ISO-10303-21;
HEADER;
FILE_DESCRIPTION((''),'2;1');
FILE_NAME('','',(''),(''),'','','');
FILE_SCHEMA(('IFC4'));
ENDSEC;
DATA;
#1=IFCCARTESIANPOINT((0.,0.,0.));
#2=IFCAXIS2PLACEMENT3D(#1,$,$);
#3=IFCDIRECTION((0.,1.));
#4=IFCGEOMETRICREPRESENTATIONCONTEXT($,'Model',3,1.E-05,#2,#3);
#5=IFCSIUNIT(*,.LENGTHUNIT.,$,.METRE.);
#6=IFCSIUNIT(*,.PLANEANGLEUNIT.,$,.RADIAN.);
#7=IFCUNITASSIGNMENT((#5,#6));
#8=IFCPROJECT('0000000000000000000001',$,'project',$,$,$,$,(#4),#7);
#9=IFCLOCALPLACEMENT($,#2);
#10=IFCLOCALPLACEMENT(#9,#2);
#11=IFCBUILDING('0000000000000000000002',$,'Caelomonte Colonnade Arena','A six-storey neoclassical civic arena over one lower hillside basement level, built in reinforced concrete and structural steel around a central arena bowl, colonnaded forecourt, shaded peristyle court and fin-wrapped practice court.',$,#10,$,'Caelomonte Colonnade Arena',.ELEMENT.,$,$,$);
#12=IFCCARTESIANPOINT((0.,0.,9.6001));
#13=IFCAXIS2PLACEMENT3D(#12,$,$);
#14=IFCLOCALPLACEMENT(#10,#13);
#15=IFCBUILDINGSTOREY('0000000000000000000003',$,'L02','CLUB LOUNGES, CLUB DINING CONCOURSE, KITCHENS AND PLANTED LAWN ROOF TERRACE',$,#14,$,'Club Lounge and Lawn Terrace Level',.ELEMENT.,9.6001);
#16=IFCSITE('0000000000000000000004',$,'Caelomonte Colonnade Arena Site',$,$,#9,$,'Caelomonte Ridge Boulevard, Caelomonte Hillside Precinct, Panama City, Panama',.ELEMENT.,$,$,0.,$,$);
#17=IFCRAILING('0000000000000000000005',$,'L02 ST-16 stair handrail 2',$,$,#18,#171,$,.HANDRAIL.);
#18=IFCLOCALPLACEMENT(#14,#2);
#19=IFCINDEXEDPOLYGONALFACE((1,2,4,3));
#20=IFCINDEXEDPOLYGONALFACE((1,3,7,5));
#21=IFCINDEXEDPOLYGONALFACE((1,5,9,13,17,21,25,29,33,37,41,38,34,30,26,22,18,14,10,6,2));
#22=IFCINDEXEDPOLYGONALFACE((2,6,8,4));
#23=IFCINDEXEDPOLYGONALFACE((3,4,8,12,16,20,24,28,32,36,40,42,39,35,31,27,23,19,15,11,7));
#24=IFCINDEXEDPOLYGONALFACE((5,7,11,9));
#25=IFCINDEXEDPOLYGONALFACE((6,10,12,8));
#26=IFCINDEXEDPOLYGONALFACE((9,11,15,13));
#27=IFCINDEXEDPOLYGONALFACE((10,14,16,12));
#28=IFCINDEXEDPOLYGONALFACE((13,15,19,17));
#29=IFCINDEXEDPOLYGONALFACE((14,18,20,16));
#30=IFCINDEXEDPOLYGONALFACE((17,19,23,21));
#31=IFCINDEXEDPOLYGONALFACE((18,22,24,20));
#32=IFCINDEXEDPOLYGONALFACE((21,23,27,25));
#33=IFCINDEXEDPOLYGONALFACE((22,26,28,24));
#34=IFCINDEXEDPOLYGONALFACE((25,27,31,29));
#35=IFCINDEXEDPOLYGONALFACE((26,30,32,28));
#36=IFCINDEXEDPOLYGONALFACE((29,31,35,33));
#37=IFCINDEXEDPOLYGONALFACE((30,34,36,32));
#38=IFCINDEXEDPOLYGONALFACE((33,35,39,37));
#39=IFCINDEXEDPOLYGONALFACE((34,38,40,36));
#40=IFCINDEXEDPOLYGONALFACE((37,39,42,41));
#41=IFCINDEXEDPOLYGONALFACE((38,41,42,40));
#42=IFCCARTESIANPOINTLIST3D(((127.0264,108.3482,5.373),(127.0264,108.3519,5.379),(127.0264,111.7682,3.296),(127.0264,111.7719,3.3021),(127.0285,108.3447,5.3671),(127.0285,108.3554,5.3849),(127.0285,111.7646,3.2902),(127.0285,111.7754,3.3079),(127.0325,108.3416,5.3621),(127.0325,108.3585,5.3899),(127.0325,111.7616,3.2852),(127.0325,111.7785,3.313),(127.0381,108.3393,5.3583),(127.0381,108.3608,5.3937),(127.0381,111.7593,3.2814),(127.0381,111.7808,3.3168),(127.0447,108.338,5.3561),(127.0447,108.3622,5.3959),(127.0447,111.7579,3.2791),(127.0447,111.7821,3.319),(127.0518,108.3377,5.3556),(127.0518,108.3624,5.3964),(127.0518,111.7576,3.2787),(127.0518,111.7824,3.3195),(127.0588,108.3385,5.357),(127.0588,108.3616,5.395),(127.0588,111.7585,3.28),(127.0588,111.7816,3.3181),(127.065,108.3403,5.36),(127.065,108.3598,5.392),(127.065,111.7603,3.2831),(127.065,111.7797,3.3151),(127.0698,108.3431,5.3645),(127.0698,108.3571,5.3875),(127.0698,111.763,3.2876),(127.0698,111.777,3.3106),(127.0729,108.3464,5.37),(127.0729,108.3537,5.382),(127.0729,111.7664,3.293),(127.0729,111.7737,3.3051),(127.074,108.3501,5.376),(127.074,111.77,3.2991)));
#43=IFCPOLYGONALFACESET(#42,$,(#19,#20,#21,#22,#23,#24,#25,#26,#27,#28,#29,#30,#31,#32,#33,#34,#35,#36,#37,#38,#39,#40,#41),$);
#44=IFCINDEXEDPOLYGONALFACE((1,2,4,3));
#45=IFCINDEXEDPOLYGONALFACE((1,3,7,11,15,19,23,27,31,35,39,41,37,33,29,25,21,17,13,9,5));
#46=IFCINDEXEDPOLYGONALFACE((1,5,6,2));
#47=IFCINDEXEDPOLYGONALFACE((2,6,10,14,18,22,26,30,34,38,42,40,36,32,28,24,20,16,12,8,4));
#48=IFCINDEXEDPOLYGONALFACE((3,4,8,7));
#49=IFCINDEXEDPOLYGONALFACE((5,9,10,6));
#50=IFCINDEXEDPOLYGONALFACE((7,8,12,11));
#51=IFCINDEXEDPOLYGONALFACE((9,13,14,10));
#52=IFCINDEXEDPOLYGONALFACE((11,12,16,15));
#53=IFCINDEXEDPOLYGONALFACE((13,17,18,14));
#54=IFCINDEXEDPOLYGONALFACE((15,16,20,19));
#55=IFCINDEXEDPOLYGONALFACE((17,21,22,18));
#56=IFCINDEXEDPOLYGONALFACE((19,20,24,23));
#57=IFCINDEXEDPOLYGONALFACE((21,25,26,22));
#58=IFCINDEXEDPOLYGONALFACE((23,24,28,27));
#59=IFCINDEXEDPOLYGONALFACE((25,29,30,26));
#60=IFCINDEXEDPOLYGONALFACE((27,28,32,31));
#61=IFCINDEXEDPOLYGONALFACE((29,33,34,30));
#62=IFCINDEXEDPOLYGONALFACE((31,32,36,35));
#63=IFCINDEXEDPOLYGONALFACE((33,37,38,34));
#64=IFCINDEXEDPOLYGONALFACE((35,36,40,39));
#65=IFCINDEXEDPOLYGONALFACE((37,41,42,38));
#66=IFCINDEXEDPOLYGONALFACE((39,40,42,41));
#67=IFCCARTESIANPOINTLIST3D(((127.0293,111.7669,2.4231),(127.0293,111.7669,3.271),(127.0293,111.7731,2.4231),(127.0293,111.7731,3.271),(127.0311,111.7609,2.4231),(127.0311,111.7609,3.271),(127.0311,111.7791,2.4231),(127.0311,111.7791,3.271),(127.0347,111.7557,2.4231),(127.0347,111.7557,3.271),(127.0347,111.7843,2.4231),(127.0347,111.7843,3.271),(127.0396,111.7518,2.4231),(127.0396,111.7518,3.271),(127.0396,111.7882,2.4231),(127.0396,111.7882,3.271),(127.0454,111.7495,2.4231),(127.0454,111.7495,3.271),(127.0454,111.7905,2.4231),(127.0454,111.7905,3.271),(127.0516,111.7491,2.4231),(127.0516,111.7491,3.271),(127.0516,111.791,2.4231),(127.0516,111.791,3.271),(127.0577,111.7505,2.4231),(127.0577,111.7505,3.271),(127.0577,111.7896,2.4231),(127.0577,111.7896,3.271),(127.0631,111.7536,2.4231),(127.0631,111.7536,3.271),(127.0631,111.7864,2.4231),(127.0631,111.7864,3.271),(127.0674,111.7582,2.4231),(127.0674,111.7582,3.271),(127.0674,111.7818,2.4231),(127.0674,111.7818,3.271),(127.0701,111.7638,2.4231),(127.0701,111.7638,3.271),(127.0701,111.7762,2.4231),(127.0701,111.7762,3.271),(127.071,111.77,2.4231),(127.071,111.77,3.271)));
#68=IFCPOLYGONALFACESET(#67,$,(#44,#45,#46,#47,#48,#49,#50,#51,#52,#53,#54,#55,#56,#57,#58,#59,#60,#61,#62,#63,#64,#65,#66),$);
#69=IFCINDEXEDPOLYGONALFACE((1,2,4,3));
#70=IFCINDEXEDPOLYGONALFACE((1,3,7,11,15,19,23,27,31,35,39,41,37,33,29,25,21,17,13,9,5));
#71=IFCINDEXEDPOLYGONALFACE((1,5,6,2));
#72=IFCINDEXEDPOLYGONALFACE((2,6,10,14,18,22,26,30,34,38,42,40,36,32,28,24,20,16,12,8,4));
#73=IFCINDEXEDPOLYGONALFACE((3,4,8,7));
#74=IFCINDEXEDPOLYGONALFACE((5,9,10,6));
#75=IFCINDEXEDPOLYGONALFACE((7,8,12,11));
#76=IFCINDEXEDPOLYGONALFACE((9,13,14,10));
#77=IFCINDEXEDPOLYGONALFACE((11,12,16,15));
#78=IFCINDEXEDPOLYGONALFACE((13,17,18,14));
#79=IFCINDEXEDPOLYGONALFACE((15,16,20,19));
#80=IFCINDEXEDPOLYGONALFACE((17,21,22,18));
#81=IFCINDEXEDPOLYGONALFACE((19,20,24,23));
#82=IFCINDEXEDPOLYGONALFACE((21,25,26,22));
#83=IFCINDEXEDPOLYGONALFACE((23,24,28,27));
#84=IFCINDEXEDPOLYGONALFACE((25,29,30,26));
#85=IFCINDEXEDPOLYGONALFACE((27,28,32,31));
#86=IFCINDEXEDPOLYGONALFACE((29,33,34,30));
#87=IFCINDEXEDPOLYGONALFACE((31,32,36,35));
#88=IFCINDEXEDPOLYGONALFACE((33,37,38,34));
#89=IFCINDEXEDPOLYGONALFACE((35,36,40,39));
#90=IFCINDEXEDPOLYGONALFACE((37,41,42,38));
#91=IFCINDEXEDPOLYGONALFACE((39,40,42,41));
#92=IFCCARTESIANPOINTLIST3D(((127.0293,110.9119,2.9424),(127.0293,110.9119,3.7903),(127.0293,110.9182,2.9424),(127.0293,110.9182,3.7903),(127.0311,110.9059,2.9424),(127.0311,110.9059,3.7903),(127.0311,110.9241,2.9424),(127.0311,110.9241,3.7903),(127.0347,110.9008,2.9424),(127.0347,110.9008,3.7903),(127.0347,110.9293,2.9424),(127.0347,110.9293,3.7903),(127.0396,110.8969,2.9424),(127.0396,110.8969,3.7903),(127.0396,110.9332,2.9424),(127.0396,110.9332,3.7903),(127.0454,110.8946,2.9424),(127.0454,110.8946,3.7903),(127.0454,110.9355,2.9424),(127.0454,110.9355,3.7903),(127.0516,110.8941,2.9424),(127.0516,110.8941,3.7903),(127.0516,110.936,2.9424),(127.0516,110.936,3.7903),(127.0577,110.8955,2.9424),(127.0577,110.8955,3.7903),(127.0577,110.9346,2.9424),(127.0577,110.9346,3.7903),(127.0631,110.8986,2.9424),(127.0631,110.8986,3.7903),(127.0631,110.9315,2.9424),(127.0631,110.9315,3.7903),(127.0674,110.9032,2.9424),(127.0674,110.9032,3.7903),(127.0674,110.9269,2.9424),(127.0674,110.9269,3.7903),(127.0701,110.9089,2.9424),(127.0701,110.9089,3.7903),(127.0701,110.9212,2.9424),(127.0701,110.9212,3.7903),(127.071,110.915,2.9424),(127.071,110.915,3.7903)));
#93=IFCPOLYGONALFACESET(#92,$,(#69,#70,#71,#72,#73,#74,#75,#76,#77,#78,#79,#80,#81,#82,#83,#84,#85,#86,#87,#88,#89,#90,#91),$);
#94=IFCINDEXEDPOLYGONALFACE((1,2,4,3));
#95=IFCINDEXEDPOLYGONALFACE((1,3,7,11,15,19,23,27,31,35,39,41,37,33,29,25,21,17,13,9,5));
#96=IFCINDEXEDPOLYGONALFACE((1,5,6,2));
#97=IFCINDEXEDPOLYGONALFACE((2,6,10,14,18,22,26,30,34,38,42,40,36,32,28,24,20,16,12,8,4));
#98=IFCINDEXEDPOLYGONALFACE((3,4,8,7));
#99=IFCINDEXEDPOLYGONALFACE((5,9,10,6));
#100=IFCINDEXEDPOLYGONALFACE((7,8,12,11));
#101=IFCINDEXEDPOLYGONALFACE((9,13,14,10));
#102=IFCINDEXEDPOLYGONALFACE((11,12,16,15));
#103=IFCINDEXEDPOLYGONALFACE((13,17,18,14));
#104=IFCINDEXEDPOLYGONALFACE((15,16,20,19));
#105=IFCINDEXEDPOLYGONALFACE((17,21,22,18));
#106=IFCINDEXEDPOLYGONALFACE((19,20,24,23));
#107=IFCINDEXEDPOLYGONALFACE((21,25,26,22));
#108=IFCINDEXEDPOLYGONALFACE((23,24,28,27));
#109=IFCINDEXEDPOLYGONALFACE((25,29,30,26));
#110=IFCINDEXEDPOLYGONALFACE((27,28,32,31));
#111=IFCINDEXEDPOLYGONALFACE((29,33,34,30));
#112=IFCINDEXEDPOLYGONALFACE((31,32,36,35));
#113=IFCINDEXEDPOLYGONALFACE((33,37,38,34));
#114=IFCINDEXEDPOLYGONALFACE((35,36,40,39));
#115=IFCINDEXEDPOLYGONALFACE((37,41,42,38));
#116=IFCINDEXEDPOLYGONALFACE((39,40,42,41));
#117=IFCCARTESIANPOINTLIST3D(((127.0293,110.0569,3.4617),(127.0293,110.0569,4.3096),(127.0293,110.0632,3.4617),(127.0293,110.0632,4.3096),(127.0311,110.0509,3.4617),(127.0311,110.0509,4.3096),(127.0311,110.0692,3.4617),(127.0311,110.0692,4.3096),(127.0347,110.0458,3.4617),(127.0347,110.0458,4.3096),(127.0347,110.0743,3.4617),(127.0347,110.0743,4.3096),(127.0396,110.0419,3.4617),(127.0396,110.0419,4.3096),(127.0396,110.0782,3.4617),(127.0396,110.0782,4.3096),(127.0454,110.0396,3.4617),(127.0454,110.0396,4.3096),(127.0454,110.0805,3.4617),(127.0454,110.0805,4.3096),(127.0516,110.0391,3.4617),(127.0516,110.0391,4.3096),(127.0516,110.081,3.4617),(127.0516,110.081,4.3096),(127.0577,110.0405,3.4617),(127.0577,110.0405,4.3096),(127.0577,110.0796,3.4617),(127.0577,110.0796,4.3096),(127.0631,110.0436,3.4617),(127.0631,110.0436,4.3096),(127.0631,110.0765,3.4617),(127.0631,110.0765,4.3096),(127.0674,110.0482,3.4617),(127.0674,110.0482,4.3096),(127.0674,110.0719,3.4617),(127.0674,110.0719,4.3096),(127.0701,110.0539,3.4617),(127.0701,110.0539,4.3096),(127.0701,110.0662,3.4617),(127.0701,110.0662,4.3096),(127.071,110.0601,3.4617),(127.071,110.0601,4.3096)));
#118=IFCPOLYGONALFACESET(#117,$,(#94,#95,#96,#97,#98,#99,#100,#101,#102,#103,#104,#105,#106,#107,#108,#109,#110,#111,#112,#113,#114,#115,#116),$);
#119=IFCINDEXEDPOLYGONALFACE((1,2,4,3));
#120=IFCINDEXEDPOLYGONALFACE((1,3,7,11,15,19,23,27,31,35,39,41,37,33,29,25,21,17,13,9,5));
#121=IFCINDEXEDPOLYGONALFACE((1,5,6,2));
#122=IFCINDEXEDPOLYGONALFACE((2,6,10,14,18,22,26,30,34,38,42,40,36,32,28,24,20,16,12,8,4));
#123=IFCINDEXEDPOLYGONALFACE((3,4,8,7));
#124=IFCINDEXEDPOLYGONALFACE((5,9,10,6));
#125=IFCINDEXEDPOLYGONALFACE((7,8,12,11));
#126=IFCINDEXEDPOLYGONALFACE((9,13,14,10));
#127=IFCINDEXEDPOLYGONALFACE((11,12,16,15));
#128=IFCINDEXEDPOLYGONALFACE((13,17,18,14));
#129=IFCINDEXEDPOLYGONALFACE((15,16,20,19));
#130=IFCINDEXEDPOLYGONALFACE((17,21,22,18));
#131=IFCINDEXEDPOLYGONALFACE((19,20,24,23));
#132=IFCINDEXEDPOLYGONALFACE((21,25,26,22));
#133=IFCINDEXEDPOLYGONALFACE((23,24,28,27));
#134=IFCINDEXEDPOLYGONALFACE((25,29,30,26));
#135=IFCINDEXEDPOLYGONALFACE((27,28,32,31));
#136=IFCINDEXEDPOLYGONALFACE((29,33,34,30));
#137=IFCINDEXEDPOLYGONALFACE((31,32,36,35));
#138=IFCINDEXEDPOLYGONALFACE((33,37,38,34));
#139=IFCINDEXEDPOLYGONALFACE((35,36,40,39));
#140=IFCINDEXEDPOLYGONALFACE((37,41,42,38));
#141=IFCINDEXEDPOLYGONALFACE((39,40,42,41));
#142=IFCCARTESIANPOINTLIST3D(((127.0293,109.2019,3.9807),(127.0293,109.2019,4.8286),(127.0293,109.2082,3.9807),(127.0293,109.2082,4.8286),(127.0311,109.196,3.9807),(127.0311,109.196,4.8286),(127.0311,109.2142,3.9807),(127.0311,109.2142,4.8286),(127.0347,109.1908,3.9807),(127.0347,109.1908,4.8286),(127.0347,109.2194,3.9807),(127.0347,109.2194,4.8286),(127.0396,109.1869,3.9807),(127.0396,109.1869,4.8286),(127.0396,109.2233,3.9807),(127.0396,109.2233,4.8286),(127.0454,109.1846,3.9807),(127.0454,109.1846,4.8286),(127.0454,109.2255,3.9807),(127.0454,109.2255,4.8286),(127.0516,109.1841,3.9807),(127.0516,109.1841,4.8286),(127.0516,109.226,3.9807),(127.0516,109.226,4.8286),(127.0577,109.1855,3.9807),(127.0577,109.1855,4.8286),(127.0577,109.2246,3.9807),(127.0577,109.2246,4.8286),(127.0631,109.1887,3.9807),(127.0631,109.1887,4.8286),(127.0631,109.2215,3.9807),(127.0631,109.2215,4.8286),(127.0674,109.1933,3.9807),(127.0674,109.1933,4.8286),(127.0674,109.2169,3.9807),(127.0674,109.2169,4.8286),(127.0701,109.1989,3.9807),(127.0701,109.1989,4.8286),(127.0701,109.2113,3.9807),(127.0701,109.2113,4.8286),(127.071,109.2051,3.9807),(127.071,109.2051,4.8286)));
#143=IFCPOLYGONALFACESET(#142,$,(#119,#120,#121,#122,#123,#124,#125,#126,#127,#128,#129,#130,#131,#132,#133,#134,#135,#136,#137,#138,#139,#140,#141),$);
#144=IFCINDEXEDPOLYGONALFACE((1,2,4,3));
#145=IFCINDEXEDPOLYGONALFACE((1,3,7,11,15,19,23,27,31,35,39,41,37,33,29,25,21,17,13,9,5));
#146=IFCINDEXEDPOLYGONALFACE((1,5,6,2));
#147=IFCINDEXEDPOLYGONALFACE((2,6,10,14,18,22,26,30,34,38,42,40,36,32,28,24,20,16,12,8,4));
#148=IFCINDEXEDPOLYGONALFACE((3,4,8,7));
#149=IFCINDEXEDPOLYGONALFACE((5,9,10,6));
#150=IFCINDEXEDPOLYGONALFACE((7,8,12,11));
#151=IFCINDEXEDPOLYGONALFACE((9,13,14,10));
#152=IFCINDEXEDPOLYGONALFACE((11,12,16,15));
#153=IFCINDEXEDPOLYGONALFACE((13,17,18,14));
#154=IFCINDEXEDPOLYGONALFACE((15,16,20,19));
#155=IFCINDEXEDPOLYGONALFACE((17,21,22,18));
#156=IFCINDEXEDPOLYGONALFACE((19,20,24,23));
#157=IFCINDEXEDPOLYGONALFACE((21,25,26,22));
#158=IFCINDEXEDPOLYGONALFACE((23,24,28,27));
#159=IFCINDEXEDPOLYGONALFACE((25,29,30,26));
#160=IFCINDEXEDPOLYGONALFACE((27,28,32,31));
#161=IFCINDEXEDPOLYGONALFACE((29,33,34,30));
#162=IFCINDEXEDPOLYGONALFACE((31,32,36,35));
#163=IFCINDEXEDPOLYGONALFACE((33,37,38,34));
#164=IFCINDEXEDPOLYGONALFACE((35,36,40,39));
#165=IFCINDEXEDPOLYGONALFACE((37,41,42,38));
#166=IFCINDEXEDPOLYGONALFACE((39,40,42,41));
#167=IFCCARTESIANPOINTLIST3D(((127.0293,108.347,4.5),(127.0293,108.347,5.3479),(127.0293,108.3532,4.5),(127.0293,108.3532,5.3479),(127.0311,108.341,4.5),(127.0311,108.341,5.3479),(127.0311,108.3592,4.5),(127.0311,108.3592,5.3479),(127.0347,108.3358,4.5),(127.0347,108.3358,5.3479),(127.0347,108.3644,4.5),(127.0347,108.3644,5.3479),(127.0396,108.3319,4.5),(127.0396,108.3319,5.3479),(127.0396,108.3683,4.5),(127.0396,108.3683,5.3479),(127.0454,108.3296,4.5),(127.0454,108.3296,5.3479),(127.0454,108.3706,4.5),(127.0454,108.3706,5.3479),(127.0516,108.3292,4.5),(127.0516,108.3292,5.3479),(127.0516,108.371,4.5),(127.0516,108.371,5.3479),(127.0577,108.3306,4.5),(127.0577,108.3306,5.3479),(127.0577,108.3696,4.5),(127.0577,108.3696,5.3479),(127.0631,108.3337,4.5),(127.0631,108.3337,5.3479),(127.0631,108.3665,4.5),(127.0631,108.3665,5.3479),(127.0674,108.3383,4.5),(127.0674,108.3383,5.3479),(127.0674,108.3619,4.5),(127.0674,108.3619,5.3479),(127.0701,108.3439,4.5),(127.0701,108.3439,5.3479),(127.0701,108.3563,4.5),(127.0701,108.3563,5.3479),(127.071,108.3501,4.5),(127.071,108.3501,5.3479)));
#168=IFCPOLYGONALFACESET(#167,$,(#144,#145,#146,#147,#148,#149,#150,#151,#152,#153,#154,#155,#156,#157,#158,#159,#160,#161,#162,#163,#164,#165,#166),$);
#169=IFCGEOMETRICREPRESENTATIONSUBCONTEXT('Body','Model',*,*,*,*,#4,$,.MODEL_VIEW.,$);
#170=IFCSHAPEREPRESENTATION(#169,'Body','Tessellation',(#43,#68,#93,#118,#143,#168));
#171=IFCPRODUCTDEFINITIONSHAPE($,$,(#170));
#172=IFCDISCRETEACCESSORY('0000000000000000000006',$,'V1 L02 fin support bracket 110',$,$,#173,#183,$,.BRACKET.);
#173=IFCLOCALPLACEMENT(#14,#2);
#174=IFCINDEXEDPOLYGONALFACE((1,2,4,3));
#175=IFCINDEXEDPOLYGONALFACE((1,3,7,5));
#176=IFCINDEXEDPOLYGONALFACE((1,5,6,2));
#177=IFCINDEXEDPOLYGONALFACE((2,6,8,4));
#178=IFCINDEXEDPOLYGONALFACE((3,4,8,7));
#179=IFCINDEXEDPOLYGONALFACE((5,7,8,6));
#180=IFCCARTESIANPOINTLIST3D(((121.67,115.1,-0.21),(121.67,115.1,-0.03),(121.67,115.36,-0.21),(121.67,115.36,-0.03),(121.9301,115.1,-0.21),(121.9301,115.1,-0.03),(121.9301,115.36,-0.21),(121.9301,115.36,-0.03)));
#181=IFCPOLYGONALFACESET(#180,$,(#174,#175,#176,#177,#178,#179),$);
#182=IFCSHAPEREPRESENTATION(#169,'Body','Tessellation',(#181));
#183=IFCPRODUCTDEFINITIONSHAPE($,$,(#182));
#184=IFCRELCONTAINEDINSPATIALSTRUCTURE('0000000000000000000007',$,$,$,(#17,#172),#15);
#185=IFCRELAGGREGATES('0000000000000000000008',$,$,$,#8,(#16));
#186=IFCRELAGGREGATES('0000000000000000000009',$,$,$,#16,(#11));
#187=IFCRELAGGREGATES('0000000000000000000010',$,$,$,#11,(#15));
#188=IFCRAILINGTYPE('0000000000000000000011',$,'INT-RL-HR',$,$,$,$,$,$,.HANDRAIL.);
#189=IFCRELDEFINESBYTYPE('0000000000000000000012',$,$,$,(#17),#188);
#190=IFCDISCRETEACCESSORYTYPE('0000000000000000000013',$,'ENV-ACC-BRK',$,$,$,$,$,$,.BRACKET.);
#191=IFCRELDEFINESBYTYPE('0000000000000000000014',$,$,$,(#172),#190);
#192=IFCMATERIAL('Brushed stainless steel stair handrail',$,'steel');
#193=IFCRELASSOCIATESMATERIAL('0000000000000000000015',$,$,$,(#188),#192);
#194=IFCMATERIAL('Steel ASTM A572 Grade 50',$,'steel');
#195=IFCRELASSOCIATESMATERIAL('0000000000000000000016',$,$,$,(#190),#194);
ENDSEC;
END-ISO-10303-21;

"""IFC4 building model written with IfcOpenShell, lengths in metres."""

from ifc_helpers import new_model, si_unit, direction, frame, origin, origin_2d, place, context, subcontext, project, spatial, rectangle, circle, extrude, material, type_object, element, save


model = new_model("IFC4")

# Units and contexts
model_context = context("Model", 3, precision=1e-05, world=origin(), true_north=direction((0.0, 1.0)))
body_context = subcontext(model_context, "Body", "Model", "MODEL_VIEW")
ifc_project = project(units=[si_unit("LENGTHUNIT", "METRE"), si_unit("PLANEANGLEUNIT", "RADIAN")], contexts=[model_context])

# Site, building, storey
site_placement = place(None, origin())
site = spatial("IfcSite", under=ifc_project, at=site_placement, Name="Caelomonte Colonnade Arena Site", LongName="Caelomonte Ridge Boulevard, Caelomonte Hillside Precinct, Panama City, Panama", CompositionType="ELEMENT", RefElevation=0.0)
building_placement = place(site_placement, origin())
building = spatial("IfcBuilding", under=site, at=building_placement, Name="Caelomonte Colonnade Arena", Description="A six-storey neoclassical civic arena over one lower hillside basement level, built in reinforced concrete and structural steel around a central arena bowl, colonnaded forecourt, shaded peristyle court and fin-wrapped practice court.", LongName="Caelomonte Colonnade Arena", CompositionType="ELEMENT")
storey_placement = place(building_placement, frame((0.0, 0.0, 9.6001)))
storey = spatial("IfcBuildingStorey", under=building, at=storey_placement, Name="L02", Description="CLUB LOUNGES, CLUB DINING CONCOURSE, KITCHENS AND PLANTED LAWN ROOF TERRACE", LongName="Club Lounge and Lawn Terrace Level", CompositionType="ELEMENT", Elevation=9.6001)

# Railing
ifc_material_1 = material(Name="Brushed stainless steel stair handrail", Category="steel")
railing_type = type_object("IfcRailingType", Name="INT-RL-HR", PredefinedType="HANDRAIL", material=ifc_material_1)
railing_placement = place(storey_placement, frame((127.05, 111.77, 2.4231)))
element("IfcRailing", 1, at=railing_placement, inside=storey, type_object=railing_type, Name="L02 ST-16 stair handrail 2", PredefinedType="HANDRAIL", context=body_context, shape_type="SweptSolid", body=[
    extrude(circle(Radius=0.0239, at=origin_2d()), frame((0.0, 0.0, 0.876), z_axis=(0.0, -0.85473, 0.519074), x_axis=(1.0, 0.0, 0.0)), (0.0, 0.0, 1.0), 4.0012),
    extrude(circle(Radius=0.021, at=origin_2d()), origin(), (0.0, 0.0, 1.0), 0.8479),
    extrude(circle(Radius=0.021, at=origin_2d()), frame((0.0, -0.855, 0.5193)), (0.0, 0.0, 1.0), 0.8479),
    extrude(circle(Radius=0.021, at=origin_2d()), frame((0.0, -1.71, 1.0386)), (0.0, 0.0, 1.0), 0.8479),
    extrude(circle(Radius=0.021, at=origin_2d()), frame((0.0, -2.5649, 1.5576)), (0.0, 0.0, 1.0), 0.8479),
    extrude(circle(Radius=0.021, at=origin_2d()), frame((0.0, -3.4199, 2.0769)), (0.0, 0.0, 1.0), 0.8479),
])

# Discrete accessory
ifc_material_2 = material(Name="Steel ASTM A572 Grade 50", Category="steel")
discrete_accessory_type = type_object("IfcDiscreteAccessoryType", Name="ENV-ACC-BRK", PredefinedType="BRACKET", material=ifc_material_2)
discrete_accessory_placement = place(storey_placement, frame((121.8, 115.23, -0.21), z_axis=(0.0, 0.0, 1.0), x_axis=(-1.0, 0.0, 0.0)))
element("IfcDiscreteAccessory", 2, at=discrete_accessory_placement, inside=storey, type_object=discrete_accessory_type, Name="V1 L02 fin support bracket 110", PredefinedType="BRACKET", context=body_context, shape_type="SweptSolid", body=[
    extrude(rectangle(XDim=0.26, YDim=0.26, at=origin_2d()), origin(), (0.0, 0.0, 1.0), 0.1799),
])

save(model, "model.ifc")
